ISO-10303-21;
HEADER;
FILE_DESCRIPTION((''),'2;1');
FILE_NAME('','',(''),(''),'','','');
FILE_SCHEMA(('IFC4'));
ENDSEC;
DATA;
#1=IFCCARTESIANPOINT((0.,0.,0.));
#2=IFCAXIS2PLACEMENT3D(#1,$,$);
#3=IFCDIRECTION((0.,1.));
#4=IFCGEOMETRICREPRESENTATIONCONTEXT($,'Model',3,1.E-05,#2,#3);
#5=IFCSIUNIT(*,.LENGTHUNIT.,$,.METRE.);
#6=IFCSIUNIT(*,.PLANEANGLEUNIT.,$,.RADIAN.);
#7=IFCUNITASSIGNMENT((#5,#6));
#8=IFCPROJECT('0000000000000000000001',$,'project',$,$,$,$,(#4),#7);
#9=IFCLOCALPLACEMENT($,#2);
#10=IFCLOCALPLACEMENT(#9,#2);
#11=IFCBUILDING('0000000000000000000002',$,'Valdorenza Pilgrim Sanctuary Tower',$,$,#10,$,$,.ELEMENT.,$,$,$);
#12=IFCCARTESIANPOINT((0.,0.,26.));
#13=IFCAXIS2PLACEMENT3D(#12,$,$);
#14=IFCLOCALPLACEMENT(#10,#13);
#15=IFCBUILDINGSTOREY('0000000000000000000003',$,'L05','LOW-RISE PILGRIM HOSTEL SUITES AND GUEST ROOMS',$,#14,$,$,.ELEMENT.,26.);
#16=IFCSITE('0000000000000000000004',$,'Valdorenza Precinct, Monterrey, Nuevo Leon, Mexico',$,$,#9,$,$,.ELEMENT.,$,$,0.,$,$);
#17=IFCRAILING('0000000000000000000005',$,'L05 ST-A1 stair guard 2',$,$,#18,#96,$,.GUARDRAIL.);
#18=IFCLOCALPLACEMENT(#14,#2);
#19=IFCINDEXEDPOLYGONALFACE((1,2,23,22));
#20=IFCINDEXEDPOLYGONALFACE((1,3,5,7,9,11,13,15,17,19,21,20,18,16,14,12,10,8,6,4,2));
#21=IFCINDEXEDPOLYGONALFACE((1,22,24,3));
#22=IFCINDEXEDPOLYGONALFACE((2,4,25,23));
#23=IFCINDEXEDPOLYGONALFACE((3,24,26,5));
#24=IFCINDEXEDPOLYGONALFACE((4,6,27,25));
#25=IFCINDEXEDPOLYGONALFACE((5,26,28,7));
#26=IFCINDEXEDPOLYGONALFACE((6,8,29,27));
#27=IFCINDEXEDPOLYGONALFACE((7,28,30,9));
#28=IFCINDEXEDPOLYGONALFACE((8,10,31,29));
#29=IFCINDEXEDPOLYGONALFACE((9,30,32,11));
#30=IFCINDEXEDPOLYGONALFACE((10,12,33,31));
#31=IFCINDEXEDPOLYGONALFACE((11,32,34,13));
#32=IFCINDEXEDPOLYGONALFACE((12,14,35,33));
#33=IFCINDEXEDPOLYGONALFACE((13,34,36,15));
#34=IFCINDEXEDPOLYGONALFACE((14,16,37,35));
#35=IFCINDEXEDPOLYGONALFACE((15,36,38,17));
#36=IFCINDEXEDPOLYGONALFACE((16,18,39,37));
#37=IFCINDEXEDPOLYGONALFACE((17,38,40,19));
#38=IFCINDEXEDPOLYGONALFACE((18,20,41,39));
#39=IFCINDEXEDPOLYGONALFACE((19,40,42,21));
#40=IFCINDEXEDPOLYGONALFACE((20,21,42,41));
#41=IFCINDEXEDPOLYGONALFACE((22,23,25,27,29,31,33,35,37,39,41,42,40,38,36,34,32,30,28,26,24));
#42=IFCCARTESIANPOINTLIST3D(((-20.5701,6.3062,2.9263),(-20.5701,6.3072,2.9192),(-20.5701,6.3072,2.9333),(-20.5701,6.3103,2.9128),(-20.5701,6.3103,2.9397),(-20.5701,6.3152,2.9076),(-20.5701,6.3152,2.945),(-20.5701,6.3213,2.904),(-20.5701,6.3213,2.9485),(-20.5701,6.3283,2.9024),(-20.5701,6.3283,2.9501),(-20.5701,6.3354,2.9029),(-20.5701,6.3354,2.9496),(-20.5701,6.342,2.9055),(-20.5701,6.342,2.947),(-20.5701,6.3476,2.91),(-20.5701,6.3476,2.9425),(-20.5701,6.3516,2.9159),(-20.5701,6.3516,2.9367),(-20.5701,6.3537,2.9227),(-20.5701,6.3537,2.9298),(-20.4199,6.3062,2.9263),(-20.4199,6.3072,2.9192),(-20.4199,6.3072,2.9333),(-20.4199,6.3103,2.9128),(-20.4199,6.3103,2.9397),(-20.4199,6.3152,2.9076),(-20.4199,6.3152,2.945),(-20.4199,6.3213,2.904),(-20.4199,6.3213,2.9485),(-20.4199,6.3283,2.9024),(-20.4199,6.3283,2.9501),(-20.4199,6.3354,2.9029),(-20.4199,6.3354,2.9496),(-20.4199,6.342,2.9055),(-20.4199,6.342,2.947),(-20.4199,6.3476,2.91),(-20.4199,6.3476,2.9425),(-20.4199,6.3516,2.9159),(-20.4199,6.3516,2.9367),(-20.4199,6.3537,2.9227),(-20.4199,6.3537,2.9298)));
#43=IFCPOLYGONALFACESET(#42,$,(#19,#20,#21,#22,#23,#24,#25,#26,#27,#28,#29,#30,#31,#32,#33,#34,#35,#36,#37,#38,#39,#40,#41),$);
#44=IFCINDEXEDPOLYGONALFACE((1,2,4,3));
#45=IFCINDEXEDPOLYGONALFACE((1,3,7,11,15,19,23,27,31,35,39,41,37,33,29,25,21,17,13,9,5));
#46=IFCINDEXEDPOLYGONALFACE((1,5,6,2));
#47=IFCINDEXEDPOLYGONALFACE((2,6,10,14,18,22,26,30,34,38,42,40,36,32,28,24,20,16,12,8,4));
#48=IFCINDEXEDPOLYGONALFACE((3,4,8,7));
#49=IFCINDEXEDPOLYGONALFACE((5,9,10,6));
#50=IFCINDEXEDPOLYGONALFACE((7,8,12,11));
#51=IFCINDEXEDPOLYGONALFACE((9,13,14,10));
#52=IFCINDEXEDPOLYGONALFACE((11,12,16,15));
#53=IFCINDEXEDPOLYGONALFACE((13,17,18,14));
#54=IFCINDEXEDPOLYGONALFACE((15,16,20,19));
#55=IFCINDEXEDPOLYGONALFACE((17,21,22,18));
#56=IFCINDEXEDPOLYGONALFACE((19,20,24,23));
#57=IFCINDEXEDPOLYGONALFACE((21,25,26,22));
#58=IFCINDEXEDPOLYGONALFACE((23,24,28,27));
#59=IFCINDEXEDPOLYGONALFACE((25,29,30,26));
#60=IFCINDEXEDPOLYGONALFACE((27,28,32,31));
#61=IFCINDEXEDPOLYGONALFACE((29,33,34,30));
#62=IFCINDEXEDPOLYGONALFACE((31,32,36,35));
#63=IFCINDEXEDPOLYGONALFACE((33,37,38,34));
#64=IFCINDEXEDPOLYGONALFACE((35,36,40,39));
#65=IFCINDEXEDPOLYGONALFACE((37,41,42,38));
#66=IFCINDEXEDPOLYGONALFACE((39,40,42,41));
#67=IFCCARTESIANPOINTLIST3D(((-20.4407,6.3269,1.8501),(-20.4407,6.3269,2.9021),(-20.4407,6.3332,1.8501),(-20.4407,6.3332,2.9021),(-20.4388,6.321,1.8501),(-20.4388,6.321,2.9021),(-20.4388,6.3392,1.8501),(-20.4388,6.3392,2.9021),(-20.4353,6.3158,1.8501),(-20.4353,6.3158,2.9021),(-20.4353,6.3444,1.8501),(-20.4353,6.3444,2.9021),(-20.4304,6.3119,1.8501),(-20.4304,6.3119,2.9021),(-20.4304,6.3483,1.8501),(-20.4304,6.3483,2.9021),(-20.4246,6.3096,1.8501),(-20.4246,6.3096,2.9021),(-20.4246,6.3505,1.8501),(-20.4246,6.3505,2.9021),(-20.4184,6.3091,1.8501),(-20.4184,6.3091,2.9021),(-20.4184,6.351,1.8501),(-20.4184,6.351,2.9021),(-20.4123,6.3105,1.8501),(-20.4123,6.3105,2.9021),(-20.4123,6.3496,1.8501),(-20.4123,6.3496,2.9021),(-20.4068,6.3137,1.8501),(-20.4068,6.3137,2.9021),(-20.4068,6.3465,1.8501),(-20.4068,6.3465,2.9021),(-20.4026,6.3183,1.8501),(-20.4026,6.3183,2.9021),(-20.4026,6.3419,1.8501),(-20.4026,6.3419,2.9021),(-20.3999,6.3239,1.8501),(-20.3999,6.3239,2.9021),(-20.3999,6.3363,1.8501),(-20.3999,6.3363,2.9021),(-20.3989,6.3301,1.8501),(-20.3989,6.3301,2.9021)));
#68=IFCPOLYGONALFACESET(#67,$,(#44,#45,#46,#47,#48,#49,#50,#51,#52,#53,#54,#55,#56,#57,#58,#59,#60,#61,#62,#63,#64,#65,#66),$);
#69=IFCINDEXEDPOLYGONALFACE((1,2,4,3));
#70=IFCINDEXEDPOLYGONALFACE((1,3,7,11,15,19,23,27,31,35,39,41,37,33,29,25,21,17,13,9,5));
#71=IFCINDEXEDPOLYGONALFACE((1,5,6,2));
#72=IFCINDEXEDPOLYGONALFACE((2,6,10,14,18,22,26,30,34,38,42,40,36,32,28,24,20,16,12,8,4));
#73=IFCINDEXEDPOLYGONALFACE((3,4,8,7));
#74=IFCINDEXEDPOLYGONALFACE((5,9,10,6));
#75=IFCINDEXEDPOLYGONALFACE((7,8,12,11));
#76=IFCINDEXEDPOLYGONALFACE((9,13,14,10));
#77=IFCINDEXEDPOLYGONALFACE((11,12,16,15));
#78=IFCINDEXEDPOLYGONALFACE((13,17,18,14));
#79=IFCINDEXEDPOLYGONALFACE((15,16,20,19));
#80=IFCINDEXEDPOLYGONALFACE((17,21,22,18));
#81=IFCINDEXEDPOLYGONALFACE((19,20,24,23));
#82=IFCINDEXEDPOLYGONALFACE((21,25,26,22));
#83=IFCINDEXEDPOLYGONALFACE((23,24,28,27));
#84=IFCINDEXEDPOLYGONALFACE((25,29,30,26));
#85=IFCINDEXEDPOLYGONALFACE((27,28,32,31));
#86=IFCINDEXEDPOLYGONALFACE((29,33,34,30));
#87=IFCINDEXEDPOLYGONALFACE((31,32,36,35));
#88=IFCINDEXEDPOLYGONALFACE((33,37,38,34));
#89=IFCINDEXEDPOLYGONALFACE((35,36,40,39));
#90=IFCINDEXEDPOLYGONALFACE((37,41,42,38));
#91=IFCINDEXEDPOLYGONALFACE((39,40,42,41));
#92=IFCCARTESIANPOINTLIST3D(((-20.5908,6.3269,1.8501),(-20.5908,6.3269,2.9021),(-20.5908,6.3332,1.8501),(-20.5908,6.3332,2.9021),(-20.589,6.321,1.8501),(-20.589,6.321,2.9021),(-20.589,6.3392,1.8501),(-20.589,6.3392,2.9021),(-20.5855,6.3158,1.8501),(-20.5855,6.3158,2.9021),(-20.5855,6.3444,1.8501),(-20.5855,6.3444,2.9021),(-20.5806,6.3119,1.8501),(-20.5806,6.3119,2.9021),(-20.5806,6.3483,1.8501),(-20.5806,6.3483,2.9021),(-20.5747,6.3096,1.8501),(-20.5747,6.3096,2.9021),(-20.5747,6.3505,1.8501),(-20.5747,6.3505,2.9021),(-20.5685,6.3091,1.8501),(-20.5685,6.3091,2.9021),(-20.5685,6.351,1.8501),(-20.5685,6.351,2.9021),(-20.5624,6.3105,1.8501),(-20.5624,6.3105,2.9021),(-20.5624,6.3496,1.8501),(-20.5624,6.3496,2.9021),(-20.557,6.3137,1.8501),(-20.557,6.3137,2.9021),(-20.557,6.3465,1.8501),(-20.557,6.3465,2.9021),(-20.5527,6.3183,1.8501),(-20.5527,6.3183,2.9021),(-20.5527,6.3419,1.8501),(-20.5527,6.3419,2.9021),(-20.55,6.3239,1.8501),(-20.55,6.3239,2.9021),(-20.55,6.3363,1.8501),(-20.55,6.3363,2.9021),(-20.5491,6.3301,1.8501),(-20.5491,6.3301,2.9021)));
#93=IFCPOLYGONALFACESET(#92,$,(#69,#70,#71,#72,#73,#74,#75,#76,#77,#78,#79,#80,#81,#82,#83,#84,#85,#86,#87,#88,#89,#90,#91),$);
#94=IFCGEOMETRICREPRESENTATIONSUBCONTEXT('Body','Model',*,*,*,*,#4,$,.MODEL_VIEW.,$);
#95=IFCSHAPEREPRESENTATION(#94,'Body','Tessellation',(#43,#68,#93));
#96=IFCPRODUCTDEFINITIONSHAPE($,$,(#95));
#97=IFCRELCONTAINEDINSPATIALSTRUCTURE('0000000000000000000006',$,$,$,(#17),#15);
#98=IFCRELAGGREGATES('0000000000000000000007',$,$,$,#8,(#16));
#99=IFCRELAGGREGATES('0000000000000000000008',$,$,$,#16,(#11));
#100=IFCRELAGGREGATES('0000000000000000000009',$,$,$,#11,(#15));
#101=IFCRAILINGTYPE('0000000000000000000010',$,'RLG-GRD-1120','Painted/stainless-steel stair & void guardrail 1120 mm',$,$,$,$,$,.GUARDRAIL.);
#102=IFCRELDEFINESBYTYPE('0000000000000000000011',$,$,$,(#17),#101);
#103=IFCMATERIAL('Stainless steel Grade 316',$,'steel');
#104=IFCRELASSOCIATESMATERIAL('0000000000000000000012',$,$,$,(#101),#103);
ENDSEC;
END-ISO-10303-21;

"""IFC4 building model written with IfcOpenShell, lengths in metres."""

from ifc_helpers import new_model, si_unit, direction, frame, origin, origin_2d, place, context, subcontext, project, spatial, circle, extrude, material, type_object, element, save


model = new_model("IFC4")

# Units and contexts
model_context = context("Model", 3, precision=1e-05, world=origin(), true_north=direction((0.0, 1.0)))
body_context = subcontext(model_context, "Body", "Model", "MODEL_VIEW")
ifc_project = project(units=[si_unit("LENGTHUNIT", "METRE"), si_unit("PLANEANGLEUNIT", "RADIAN")], contexts=[model_context])

# Site, building, storey
site_placement = place(None, origin())
site = spatial("IfcSite", under=ifc_project, at=site_placement, Name="Valdorenza Precinct, Monterrey, Nuevo Leon, Mexico", CompositionType="ELEMENT", RefElevation=0.0)
building_placement = place(site_placement, origin())
building = spatial("IfcBuilding", under=site, at=building_placement, Name="Valdorenza Pilgrim Sanctuary Tower", CompositionType="ELEMENT")
storey_placement = place(building_placement, frame((0.0, 0.0, 26.0)))
storey = spatial("IfcBuildingStorey", under=building, at=storey_placement, Name="L05", Description="LOW-RISE PILGRIM HOSTEL SUITES AND GUEST ROOMS", CompositionType="ELEMENT", Elevation=26.0)

# Railing
ifc_material_1 = material(Name="Stainless steel Grade 316", Category="steel")
railing_type_1 = type_object("IfcRailingType", Name="RLG-GRD-1120", Description="Painted/stainless-steel stair & void guardrail 1120 mm", PredefinedType="GUARDRAIL", material=ifc_material_1)
railing_1_placement = place(storey_placement, frame((-20.4199, 6.3301, 1.8501)))
element("IfcRailing", 1, at=railing_1_placement, inside=storey, type_object=railing_type_1, Name="L05 ST-A1 stair guard 2", PredefinedType="GUARDRAIL", context=body_context, shape_type="SweptSolid", body=[
    extrude(circle(Radius=0.0239, at=origin_2d()), frame((0.0, 0.0, 1.0762), z_axis=(-1.0, 0.0, 0.0), x_axis=(0.0, -1.0, 0.0)), (0.0, 0.0, 1.0), 0.1501),
    extrude(circle(Radius=0.021, at=origin_2d()), origin(), (0.0, 0.0, 1.0), 1.052),
    extrude(circle(Radius=0.021, at=origin_2d()), frame((-0.1501, 0.0, 0.0)), (0.0, 0.0, 1.0), 1.052),
])

save(model, "model.ifc")
